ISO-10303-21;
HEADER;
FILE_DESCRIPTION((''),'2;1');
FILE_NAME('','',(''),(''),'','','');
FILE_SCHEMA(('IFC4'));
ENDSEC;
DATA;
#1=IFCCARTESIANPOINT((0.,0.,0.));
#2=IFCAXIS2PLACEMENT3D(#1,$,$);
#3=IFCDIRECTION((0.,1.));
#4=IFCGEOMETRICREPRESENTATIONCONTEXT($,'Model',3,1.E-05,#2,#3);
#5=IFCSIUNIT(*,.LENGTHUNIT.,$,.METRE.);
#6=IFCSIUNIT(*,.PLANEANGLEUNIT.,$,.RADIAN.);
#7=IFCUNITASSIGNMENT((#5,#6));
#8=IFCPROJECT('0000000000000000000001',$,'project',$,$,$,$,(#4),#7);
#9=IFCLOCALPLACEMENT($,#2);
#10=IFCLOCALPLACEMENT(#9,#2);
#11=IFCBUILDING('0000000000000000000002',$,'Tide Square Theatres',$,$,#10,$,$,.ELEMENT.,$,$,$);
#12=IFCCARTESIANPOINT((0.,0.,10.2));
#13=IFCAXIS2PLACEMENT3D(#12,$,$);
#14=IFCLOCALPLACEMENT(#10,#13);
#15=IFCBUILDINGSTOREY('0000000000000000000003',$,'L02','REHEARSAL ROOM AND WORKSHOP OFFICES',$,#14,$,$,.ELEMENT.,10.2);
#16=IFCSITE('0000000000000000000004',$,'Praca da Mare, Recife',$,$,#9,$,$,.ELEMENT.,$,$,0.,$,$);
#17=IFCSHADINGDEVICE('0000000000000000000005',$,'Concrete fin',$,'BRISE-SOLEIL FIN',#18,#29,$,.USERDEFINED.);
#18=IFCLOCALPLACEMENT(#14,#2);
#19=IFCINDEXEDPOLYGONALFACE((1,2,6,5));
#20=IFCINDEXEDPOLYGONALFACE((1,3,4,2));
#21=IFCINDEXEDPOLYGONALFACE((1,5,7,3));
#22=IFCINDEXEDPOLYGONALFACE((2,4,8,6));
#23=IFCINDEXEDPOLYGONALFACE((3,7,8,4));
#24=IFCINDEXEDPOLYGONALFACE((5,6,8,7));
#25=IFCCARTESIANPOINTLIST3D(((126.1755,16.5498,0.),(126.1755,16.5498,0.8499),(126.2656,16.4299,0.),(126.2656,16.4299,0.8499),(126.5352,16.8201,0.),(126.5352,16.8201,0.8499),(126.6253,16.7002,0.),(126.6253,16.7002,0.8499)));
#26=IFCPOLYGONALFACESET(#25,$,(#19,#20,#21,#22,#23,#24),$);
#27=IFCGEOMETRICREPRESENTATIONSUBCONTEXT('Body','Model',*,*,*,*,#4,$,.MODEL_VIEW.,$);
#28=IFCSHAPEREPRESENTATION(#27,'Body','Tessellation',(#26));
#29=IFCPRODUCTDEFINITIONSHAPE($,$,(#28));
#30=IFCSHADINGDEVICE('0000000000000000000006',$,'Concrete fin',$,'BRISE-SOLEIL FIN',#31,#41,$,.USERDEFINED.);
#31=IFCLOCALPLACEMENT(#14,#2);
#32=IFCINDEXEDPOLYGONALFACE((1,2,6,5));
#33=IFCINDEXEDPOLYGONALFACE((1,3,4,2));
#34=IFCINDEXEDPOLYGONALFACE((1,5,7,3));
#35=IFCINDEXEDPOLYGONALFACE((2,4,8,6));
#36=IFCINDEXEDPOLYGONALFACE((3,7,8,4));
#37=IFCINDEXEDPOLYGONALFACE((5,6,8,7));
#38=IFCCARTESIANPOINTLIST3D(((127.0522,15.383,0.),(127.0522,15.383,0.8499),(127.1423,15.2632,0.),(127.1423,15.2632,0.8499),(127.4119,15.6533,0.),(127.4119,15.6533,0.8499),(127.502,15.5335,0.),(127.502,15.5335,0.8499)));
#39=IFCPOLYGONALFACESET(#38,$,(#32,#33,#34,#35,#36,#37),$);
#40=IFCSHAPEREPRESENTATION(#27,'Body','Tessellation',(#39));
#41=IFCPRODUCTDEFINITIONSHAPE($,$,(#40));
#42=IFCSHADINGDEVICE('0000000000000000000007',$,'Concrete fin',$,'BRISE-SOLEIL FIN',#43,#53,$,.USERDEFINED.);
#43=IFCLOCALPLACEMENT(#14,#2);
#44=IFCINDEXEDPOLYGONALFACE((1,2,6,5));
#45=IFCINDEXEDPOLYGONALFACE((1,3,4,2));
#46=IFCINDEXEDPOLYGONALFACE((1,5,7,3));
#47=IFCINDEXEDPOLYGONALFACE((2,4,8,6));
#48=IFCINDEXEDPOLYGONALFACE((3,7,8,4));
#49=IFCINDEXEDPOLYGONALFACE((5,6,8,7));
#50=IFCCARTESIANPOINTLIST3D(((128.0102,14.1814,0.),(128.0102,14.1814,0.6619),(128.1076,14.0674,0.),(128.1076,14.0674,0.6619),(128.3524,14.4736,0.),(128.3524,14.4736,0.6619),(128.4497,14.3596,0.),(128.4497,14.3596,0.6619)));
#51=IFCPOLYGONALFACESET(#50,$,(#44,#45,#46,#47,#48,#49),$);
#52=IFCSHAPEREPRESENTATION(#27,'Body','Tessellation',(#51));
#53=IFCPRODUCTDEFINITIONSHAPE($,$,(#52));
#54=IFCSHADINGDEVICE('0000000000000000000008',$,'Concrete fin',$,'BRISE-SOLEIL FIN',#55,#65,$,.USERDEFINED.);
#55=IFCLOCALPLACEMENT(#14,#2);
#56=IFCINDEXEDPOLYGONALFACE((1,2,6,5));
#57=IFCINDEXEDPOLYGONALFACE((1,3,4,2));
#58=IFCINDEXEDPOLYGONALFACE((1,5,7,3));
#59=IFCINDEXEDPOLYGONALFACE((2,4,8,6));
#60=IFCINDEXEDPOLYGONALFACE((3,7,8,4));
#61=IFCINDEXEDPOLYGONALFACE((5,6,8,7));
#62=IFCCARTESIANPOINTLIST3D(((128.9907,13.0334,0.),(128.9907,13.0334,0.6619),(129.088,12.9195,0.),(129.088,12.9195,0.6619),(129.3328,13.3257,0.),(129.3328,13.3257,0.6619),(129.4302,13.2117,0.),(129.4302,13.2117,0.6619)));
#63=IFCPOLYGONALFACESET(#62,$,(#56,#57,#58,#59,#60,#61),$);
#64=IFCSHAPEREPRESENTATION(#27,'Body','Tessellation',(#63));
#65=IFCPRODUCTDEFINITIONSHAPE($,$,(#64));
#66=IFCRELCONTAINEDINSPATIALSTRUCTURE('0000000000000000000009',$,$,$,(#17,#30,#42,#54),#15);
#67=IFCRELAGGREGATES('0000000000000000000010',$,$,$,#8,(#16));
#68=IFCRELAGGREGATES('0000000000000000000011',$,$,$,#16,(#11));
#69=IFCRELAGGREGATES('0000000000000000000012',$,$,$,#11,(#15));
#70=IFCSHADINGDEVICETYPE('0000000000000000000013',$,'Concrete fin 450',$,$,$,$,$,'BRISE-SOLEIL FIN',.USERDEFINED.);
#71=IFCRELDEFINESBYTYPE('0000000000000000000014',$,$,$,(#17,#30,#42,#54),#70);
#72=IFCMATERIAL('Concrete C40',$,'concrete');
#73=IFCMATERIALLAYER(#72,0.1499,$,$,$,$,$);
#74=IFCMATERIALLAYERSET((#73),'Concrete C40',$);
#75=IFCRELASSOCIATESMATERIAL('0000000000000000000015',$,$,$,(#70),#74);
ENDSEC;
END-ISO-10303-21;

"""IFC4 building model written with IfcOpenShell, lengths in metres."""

from ifc_helpers import new_model, si_unit, direction, frame, origin, origin_2d, place, context, subcontext, project, spatial, rectangle, extrude, material, layer, layer_set, type_object, element, save


model = new_model("IFC4")

# Units and contexts
model_context = context("Model", 3, precision=1e-05, world=origin(), true_north=direction((0.0, 1.0)))
body_context = subcontext(model_context, "Body", "Model", "MODEL_VIEW")
ifc_project = project(units=[si_unit("LENGTHUNIT", "METRE"), si_unit("PLANEANGLEUNIT", "RADIAN")], contexts=[model_context])

# Site, building, storey
site_placement = place(None, origin())
site = spatial("IfcSite", under=ifc_project, at=site_placement, Name="Praca da Mare, Recife", CompositionType="ELEMENT", RefElevation=0.0)
building_placement = place(site_placement, origin())
building = spatial("IfcBuilding", under=site, at=building_placement, Name="Tide Square Theatres", CompositionType="ELEMENT")
storey_placement = place(building_placement, frame((0.0, 0.0, 10.2)))
storey = spatial("IfcBuildingStorey", under=building, at=storey_placement, Name="L02", Description="REHEARSAL ROOM AND WORKSHOP OFFICES", CompositionType="ELEMENT", Elevation=10.2)

# Shading devices
ifc_material_1 = material(Name="Concrete C40", Category="concrete")
ifc_layer_1 = layer(ifc_material_1, 0.1499)
ifc_layer_set_1 = layer_set([ifc_layer_1], Name="Concrete C40")
shading_device_type = type_object("IfcShadingDeviceType", Name="Concrete fin 450", ElementType="BRISE-SOLEIL FIN", PredefinedType="USERDEFINED", material=ifc_layer_set_1)
for number, where, z_axis, x_axis, name in (
    (1, (126.4004, 16.625, 0.0), (0.0, 0.0, 1.0), (0.600769, -0.799423, 0.0), "Concrete fin"),
    (2, (127.2771, 15.4583, 0.0), (0.0, 0.0, 1.0), (0.600769, -0.799423, 0.0), "Concrete fin"),
):
    element("IfcShadingDevice", number, at=place(storey_placement, frame(where, z_axis=z_axis, x_axis=x_axis)), inside=storey, type_object=shading_device_type, Name=name, ObjectType="BRISE-SOLEIL FIN", PredefinedType="USERDEFINED", context=body_context, shape_type="SweptSolid", body=[
        extrude(rectangle(XDim=0.1499, YDim=0.45, at=origin_2d()), origin(), (0.0, 0.0, 1.0), 0.8499),
    ])
for number, where, z_axis, x_axis, name in (
    (3, (128.23, 14.2705, 0.0), (0.0, 0.0, 1.0), (0.649435, -0.760417, 0.0), "Concrete fin"),
    (4, (129.2104, 13.1226, 0.0), (0.0, 0.0, 1.0), (0.649435, -0.760417, 0.0), "Concrete fin"),
):
    element("IfcShadingDevice", number, at=place(storey_placement, frame(where, z_axis=z_axis, x_axis=x_axis)), inside=storey, type_object=shading_device_type, Name=name, ObjectType="BRISE-SOLEIL FIN", PredefinedType="USERDEFINED", context=body_context, shape_type="SweptSolid", body=[
        extrude(rectangle(XDim=0.1499, YDim=0.45, at=origin_2d()), origin(), (0.0, 0.0, 1.0), 0.6619),
    ])

save(model, "model.ifc")
